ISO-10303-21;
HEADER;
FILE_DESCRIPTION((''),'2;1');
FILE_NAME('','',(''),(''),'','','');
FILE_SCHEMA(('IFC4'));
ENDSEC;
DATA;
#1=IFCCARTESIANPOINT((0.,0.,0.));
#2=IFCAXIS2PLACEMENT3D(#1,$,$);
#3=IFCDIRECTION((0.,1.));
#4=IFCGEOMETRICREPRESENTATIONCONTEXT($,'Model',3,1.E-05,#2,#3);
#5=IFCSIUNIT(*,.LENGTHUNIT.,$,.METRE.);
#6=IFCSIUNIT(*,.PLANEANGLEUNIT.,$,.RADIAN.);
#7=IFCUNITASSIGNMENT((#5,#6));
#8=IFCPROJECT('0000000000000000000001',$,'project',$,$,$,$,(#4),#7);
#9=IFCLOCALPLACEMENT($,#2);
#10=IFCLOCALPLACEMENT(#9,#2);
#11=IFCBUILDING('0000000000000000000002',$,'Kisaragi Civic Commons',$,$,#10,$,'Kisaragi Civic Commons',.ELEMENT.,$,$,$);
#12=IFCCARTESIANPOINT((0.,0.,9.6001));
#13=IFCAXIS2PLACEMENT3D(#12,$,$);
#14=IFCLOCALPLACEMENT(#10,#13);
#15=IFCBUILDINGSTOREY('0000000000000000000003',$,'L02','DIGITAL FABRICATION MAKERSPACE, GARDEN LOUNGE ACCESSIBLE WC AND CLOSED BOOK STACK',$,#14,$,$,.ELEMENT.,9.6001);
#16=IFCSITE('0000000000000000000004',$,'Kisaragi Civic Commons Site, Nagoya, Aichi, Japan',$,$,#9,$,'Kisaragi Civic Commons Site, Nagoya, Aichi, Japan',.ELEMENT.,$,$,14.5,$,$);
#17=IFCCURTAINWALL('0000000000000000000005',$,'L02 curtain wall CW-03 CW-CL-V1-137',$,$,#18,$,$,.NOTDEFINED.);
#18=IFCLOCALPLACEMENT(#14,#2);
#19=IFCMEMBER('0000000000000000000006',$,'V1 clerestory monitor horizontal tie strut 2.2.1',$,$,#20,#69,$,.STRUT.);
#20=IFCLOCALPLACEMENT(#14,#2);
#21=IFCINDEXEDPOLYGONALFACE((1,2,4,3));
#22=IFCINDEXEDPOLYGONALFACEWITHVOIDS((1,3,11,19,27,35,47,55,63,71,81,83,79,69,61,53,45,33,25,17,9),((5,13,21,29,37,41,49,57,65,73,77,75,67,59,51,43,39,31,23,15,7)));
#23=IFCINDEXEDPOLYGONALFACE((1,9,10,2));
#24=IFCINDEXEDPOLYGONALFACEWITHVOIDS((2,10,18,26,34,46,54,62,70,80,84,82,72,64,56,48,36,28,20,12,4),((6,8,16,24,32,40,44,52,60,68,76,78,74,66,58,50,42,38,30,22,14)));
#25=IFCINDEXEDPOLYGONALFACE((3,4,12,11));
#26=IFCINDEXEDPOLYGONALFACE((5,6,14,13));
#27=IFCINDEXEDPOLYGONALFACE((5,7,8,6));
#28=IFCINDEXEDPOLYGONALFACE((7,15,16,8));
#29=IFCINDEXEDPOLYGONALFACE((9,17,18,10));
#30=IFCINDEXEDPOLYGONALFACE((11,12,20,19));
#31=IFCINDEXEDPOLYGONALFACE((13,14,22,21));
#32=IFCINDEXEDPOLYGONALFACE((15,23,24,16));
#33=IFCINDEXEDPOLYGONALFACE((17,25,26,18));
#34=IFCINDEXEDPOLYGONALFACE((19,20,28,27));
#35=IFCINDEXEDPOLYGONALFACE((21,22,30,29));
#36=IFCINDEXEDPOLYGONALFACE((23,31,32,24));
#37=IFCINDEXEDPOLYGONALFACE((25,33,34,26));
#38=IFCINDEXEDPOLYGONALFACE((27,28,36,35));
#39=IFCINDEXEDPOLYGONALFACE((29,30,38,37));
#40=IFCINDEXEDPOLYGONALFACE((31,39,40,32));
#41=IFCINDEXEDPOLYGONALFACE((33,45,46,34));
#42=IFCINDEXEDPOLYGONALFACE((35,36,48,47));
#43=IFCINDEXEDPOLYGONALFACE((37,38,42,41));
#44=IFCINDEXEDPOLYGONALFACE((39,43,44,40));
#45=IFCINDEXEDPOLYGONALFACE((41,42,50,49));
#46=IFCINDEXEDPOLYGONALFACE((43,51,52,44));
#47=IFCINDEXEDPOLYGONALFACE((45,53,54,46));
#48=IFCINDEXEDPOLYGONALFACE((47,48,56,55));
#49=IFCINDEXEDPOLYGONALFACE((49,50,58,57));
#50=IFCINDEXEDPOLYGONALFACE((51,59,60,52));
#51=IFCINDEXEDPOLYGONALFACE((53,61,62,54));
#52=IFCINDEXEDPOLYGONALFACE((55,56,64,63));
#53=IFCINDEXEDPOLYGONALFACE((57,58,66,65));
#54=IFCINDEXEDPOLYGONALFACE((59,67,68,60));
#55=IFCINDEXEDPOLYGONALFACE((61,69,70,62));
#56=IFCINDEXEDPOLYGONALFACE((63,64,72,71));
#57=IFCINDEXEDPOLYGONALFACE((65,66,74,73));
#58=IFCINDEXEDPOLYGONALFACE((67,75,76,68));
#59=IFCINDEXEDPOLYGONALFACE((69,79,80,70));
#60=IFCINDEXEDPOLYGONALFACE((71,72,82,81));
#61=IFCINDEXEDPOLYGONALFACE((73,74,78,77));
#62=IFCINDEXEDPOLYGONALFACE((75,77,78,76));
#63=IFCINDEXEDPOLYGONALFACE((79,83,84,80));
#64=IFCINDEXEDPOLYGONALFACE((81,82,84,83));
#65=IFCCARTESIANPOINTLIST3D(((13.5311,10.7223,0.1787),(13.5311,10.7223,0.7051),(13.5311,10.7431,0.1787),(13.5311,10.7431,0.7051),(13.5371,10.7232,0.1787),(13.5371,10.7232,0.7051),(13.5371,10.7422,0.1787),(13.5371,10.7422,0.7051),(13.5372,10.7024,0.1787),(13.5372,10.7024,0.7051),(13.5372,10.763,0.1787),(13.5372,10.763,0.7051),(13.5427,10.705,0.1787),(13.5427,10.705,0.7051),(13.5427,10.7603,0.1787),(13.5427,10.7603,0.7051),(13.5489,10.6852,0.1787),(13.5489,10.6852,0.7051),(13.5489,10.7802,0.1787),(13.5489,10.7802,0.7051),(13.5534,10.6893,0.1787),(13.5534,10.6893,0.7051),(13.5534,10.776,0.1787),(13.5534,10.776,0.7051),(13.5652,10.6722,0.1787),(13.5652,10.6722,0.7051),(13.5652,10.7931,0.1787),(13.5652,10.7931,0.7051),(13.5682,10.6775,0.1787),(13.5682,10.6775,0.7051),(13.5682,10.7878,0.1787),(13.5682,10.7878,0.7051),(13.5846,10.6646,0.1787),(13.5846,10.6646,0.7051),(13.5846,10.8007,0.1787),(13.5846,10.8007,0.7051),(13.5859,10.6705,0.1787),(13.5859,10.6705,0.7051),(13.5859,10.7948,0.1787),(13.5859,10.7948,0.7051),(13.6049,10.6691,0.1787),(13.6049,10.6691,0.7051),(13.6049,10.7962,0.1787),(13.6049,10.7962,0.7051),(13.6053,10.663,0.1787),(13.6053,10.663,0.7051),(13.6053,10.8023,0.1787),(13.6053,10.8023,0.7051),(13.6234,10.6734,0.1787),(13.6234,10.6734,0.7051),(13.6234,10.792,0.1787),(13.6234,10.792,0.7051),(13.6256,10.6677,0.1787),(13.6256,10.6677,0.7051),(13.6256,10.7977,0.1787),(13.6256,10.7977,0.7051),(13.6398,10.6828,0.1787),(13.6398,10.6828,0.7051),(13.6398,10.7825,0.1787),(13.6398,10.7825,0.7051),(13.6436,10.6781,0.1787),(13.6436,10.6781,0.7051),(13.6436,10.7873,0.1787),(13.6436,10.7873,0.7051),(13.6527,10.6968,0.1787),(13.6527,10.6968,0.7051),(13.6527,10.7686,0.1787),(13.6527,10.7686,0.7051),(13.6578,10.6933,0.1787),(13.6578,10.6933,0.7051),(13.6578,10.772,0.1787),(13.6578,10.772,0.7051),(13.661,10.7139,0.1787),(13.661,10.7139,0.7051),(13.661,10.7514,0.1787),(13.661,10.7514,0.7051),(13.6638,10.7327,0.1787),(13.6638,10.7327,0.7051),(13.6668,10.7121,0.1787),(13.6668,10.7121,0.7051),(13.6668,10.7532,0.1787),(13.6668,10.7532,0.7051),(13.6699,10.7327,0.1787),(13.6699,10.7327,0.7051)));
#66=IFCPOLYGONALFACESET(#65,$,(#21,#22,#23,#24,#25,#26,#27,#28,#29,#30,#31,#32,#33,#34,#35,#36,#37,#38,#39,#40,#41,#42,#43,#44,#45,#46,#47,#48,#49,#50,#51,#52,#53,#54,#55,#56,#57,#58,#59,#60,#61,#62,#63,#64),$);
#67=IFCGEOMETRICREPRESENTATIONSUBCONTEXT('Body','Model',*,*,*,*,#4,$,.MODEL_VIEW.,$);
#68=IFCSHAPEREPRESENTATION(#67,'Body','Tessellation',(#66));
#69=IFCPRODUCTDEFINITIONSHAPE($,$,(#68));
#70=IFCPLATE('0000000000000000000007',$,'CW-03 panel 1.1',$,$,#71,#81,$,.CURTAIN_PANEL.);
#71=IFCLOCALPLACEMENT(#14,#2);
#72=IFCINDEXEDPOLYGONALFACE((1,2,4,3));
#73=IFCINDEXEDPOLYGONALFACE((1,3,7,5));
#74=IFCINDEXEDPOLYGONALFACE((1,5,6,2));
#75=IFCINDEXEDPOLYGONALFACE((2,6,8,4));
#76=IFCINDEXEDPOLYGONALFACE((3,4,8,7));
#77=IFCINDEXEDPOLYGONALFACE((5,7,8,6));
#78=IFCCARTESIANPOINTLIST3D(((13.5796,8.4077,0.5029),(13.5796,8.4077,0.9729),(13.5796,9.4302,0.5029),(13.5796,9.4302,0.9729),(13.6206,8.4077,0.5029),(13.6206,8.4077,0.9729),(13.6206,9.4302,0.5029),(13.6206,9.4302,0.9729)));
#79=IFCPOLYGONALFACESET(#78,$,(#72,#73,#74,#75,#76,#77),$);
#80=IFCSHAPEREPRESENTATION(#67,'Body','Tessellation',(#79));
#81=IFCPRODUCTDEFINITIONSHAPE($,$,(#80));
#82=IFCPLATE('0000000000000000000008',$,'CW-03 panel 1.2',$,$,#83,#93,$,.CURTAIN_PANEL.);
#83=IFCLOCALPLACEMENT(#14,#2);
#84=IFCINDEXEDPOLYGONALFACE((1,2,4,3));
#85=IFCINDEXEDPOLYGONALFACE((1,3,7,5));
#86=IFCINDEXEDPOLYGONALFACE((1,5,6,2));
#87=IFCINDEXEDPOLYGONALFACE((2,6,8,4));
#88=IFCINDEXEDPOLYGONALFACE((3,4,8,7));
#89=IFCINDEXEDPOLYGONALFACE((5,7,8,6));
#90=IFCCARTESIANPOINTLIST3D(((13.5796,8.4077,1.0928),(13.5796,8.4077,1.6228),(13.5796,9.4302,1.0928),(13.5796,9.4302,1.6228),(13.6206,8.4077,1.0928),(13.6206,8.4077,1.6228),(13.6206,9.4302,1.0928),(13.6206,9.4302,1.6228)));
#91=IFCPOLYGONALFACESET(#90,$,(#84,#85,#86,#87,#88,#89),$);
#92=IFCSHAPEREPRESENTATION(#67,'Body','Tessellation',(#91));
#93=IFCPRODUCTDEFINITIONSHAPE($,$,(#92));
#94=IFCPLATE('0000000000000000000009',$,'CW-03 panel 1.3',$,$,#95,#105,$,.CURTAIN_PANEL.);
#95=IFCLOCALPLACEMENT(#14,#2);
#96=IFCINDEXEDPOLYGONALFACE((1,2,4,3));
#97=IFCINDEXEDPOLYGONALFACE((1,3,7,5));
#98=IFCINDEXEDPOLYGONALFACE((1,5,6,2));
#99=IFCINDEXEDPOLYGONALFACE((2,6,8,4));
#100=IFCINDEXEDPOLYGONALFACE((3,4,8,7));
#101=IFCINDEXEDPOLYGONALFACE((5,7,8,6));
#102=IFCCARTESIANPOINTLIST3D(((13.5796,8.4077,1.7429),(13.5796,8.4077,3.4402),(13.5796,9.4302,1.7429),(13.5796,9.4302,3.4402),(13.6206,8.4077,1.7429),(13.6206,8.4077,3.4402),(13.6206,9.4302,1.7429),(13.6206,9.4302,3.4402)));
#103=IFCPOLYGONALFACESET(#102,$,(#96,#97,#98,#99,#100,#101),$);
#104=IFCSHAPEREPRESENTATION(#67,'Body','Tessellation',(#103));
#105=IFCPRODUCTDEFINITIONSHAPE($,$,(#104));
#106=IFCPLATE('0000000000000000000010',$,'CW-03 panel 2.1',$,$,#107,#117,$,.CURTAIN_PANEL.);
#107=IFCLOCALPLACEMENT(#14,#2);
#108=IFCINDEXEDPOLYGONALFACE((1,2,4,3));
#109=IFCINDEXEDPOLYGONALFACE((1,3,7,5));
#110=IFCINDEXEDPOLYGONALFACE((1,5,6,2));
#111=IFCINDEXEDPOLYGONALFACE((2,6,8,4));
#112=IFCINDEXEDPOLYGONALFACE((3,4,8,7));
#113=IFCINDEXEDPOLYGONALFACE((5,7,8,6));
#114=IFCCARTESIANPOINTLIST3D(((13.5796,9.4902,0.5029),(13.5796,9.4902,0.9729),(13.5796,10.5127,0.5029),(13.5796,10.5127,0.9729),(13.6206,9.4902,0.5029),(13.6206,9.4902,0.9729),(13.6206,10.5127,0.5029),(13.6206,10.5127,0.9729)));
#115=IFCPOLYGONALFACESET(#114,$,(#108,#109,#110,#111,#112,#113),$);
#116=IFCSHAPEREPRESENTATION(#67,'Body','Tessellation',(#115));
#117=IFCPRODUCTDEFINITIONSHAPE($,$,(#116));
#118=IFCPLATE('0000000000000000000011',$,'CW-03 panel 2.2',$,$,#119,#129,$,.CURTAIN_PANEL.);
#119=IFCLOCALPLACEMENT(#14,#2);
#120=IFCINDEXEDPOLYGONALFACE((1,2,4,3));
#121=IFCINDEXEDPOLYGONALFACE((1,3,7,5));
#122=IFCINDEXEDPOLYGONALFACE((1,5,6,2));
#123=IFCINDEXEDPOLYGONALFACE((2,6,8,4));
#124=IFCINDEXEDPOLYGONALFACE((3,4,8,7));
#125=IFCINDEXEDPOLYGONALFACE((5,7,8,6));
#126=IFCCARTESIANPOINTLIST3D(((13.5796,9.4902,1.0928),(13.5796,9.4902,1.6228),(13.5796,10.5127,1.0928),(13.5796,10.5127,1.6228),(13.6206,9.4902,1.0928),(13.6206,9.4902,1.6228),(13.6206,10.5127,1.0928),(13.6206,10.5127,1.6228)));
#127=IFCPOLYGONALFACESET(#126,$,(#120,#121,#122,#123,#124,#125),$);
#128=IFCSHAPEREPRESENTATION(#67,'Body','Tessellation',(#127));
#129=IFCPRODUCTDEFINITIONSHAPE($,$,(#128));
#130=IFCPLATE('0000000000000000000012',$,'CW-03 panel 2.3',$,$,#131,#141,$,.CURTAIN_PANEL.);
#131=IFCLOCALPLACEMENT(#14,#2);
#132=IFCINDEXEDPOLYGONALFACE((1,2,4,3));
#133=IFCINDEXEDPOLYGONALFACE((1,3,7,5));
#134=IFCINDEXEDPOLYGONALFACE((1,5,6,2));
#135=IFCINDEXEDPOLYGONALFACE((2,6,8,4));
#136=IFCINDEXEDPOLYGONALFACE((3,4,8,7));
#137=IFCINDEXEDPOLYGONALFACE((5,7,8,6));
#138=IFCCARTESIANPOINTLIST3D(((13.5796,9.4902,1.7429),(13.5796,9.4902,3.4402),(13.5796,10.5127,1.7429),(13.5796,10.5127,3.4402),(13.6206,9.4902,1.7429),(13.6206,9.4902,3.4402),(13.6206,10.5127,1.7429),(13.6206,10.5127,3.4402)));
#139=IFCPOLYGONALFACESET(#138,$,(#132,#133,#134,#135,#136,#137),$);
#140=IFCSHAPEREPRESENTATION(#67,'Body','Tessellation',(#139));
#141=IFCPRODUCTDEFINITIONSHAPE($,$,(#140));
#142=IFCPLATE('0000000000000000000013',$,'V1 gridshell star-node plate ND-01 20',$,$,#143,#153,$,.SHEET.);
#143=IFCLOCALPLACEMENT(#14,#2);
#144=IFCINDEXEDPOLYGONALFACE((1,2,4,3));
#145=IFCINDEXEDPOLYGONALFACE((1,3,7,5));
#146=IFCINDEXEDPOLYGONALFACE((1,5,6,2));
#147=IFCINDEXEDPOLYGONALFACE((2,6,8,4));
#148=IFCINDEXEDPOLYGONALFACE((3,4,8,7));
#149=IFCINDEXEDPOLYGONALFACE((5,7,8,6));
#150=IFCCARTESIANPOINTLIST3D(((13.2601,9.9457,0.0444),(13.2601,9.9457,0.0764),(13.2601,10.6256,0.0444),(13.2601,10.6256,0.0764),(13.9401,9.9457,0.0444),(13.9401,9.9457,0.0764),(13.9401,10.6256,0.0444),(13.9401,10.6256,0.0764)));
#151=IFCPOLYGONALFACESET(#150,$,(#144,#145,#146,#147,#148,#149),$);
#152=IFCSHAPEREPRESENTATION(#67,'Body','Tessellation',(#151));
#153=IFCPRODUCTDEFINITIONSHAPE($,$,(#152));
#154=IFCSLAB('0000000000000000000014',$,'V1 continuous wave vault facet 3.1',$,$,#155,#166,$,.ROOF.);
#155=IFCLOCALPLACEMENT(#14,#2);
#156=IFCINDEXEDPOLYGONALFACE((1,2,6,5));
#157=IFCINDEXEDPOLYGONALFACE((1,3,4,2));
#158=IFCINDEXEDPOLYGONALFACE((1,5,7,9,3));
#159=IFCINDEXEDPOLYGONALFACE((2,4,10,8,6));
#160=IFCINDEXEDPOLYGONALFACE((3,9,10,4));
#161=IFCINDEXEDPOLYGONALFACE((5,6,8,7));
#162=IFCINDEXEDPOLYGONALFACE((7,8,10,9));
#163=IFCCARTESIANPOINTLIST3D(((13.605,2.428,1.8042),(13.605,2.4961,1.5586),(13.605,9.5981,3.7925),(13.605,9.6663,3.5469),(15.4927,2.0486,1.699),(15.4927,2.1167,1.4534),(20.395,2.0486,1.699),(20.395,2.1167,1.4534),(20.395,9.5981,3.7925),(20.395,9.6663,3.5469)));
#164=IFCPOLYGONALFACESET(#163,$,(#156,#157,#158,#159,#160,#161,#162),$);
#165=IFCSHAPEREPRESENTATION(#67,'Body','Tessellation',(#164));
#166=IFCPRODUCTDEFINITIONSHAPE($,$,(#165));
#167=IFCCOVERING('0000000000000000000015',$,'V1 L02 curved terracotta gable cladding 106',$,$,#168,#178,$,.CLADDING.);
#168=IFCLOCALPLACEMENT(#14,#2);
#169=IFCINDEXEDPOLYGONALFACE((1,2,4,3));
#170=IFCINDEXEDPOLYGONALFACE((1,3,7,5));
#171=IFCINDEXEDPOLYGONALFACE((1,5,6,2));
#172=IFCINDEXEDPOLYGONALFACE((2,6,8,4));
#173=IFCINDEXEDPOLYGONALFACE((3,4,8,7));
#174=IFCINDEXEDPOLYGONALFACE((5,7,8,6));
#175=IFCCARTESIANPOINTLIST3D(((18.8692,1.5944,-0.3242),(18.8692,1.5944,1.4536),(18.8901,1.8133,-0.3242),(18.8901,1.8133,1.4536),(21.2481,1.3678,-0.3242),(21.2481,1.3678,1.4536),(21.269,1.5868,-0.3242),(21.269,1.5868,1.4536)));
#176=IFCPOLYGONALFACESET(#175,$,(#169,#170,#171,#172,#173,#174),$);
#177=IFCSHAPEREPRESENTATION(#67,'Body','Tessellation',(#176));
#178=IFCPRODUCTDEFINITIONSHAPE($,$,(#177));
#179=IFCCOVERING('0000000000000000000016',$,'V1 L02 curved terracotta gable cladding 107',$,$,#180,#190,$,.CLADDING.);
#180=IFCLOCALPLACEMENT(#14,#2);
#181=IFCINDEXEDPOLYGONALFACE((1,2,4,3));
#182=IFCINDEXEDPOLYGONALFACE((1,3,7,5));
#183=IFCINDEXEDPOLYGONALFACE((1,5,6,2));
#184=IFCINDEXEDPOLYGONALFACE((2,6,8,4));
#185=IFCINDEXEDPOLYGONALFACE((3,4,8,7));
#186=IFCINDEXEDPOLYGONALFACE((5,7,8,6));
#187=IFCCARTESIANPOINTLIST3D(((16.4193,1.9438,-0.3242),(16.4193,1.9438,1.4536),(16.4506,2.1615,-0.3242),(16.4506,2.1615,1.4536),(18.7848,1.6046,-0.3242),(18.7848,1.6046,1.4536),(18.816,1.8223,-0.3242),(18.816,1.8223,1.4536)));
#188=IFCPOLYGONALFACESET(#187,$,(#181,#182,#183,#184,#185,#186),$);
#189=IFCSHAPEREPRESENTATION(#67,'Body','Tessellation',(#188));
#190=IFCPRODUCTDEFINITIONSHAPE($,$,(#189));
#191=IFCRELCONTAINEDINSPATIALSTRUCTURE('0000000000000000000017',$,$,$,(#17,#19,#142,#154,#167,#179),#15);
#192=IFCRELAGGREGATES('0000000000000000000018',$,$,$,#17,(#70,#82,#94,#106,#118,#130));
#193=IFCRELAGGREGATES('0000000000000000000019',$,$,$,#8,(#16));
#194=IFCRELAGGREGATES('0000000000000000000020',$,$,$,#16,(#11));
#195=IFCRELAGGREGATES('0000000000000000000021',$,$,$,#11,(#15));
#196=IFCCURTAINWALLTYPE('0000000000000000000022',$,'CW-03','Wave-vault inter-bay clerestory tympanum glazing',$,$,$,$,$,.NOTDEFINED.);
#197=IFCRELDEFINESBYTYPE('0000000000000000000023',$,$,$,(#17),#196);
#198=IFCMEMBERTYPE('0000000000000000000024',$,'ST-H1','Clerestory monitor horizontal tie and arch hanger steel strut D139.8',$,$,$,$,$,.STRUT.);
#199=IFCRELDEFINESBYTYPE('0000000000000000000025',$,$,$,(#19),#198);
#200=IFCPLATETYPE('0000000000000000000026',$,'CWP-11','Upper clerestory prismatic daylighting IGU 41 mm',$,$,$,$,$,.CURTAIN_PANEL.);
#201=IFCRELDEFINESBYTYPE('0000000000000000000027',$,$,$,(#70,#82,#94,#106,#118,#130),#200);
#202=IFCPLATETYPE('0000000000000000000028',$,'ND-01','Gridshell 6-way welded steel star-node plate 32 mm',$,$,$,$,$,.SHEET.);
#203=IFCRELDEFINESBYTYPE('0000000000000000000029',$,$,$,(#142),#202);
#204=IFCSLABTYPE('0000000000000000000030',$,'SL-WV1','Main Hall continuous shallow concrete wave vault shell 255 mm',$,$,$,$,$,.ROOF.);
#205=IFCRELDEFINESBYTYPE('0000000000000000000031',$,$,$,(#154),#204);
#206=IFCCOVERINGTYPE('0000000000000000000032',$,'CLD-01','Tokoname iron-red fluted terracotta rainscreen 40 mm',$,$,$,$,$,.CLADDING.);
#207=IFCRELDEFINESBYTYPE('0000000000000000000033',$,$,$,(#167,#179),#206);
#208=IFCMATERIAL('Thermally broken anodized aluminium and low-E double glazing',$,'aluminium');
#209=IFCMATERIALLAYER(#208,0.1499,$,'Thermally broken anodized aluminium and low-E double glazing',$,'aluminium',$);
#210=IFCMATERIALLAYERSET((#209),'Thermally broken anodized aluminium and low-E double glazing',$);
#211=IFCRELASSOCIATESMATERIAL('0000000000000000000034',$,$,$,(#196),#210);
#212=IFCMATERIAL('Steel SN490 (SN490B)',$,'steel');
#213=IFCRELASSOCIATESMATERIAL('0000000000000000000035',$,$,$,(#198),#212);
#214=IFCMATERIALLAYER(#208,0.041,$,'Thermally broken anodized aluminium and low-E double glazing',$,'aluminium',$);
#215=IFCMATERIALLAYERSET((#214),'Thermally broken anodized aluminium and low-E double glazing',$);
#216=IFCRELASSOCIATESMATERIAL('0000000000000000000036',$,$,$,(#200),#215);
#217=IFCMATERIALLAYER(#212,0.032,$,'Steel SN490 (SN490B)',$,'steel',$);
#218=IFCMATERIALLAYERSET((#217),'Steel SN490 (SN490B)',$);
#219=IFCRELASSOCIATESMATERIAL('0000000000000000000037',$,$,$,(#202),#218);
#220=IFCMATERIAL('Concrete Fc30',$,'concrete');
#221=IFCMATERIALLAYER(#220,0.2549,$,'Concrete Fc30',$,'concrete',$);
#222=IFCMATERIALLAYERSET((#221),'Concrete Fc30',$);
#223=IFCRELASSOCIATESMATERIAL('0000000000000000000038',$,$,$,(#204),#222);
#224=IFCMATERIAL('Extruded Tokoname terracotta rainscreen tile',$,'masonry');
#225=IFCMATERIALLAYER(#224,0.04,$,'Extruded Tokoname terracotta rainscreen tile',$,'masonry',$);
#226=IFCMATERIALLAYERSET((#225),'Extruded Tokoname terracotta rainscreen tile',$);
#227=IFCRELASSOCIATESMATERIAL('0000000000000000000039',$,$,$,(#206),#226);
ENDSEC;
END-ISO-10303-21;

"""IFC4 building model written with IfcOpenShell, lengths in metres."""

from ifc_helpers import new_model, si_unit, direction, frame, origin, origin_2d, place, context, subcontext, project, spatial, polyline, rectangle, hollow_circle, outline, extrude, material, layer, layer_set, material_profile, profile_set, type_object, element, aggregate, save


model = new_model("IFC4")

# Units and contexts
model_context = context("Model", 3, precision=1e-05, world=origin(), true_north=direction((0.0, 1.0)))
body_context = subcontext(model_context, "Body", "Model", "MODEL_VIEW")
ifc_project = project(units=[si_unit("LENGTHUNIT", "METRE"), si_unit("PLANEANGLEUNIT", "RADIAN")], contexts=[model_context])

# Site, building, storey
site_placement = place(None, origin())
site = spatial("IfcSite", under=ifc_project, at=site_placement, Name="Kisaragi Civic Commons Site, Nagoya, Aichi, Japan", LongName="Kisaragi Civic Commons Site, Nagoya, Aichi, Japan", CompositionType="ELEMENT", RefElevation=14.5)
building_placement = place(site_placement, origin())
building = spatial("IfcBuilding", under=site, at=building_placement, Name="Kisaragi Civic Commons", LongName="Kisaragi Civic Commons", CompositionType="ELEMENT")
storey_placement = place(building_placement, frame((0.0, 0.0, 9.6001)))
storey = spatial("IfcBuildingStorey", under=building, at=storey_placement, Name="L02", Description="DIGITAL FABRICATION MAKERSPACE, GARDEN LOUNGE ACCESSIBLE WC AND CLOSED BOOK STACK", CompositionType="ELEMENT", Elevation=9.6001)

# Curtain wall
ifc_material_1 = material(Name="Thermally broken anodized aluminium and low-E double glazing", Category="aluminium")
ifc_layer_1 = layer(ifc_material_1, 0.1499, Name="Thermally broken anodized aluminium and low-E double glazing", Category="aluminium")
ifc_layer_set_1 = layer_set([ifc_layer_1], Name="Thermally broken anodized aluminium and low-E double glazing")
curtain_wall_type = type_object("IfcCurtainWallType", Name="CW-03", Description="Wave-vault inter-bay clerestory tympanum glazing", PredefinedType="NOTDEFINED", material=ifc_layer_set_1)
curtain_wall_1_placement = place(storey_placement, origin())
curtain_wall_1 = element("IfcCurtainWall", 1, at=curtain_wall_1_placement, inside=storey, type_object=curtain_wall_type, Name="L02 curtain wall CW-03 CW-CL-V1-137", PredefinedType="NOTDEFINED")

# Member
ifc_material_2 = material(Name="Steel SN490 (SN490B)", Category="steel")
ifc_material_profile_1 = material_profile(ifc_material_2, hollow_circle(Radius=0.0698, WallThickness=0.0061, at=origin_2d()), Name="CHS-139.8x6.0", Category="steel")
ifc_profile_set_1 = profile_set([ifc_material_profile_1], Name="Steel SN490 (SN490B)")
member_type_1 = type_object("IfcMemberType", Name="ST-H1", Description="Clerestory monitor horizontal tie and arch hanger steel strut D139.8", PredefinedType="STRUT", material=ifc_profile_set_1)
member_1_placement = place(storey_placement, frame((13.6001, 10.7327, 0.1787), z_axis=(0.0, 0.0, 1.0), x_axis=(1.0, 0.0, 0.0)))
element("IfcMember", 2, at=member_1_placement, inside=storey, type_object=member_type_1, Name="V1 clerestory monitor horizontal tie strut 2.2.1", PredefinedType="STRUT", context=body_context, shape_type="SweptSolid", body=[
    extrude(hollow_circle(Radius=0.0698, WallThickness=0.0061, at=origin_2d()), origin(), (0.0, 0.0, 1.0), 0.5264),
])

# Plates
ifc_layer_2 = layer(ifc_material_1, 0.041, Name="Thermally broken anodized aluminium and low-E double glazing", Category="aluminium")
ifc_layer_set_2 = layer_set([ifc_layer_2], Name="Thermally broken anodized aluminium and low-E double glazing")
plate_type_1 = type_object("IfcPlateType", Name="CWP-11", Description="Upper clerestory prismatic daylighting IGU 41 mm", PredefinedType="CURTAIN_PANEL", material=ifc_layer_set_2)
plate_1_placement = place(storey_placement, frame((13.6001, 8.9189, 0.5029), z_axis=(0.0, 0.0, 1.0), x_axis=(0.0, 1.0, 0.0)))
plate_1 = element("IfcPlate", 3, at=plate_1_placement, type_object=plate_type_1, Name="CW-03 panel 1.1", PredefinedType="CURTAIN_PANEL", context=body_context, shape_type="SweptSolid", body=[
    extrude(rectangle(XDim=1.0225, YDim=0.041, at=origin_2d()), origin(), (0.0, 0.0, 1.0), 0.47),
])
plate_2_placement = place(storey_placement, frame((13.6001, 8.9189, 1.0928), z_axis=(0.0, 0.0, 1.0), x_axis=(0.0, 1.0, 0.0)))
plate_2 = element("IfcPlate", 4, at=plate_2_placement, type_object=plate_type_1, Name="CW-03 panel 1.2", PredefinedType="CURTAIN_PANEL", context=body_context, shape_type="SweptSolid", body=[
    extrude(rectangle(XDim=1.0225, YDim=0.041, at=origin_2d()), origin(), (0.0, 0.0, 1.0), 0.53),
])
plate_3_placement = place(storey_placement, frame((13.6001, 8.9189, 1.7429), z_axis=(0.0, 0.0, 1.0), x_axis=(0.0, 1.0, 0.0)))
plate_3 = element("IfcPlate", 5, at=plate_3_placement, type_object=plate_type_1, Name="CW-03 panel 1.3", PredefinedType="CURTAIN_PANEL", context=body_context, shape_type="SweptSolid", body=[
    extrude(rectangle(XDim=1.0225, YDim=0.041, at=origin_2d()), origin(), (0.0, 0.0, 1.0), 1.6973),
])
plate_4_placement = place(storey_placement, frame((13.6001, 10.0015, 0.5029), z_axis=(0.0, 0.0, 1.0), x_axis=(0.0, 1.0, 0.0)))
plate_4 = element("IfcPlate", 6, at=plate_4_placement, type_object=plate_type_1, Name="CW-03 panel 2.1", PredefinedType="CURTAIN_PANEL", context=body_context, shape_type="SweptSolid", body=[
    extrude(rectangle(XDim=1.0225, YDim=0.041, at=origin_2d()), origin(), (0.0, 0.0, 1.0), 0.47),
])
plate_5_placement = place(storey_placement, frame((13.6001, 10.0015, 1.0928), z_axis=(0.0, 0.0, 1.0), x_axis=(0.0, 1.0, 0.0)))
plate_5 = element("IfcPlate", 7, at=plate_5_placement, type_object=plate_type_1, Name="CW-03 panel 2.2", PredefinedType="CURTAIN_PANEL", context=body_context, shape_type="SweptSolid", body=[
    extrude(rectangle(XDim=1.0225, YDim=0.041, at=origin_2d()), origin(), (0.0, 0.0, 1.0), 0.53),
])
plate_6_placement = place(storey_placement, frame((13.6001, 10.0015, 1.7429), z_axis=(0.0, 0.0, 1.0), x_axis=(0.0, 1.0, 0.0)))
plate_6 = element("IfcPlate", 8, at=plate_6_placement, type_object=plate_type_1, Name="CW-03 panel 2.3", PredefinedType="CURTAIN_PANEL", context=body_context, shape_type="SweptSolid", body=[
    extrude(rectangle(XDim=1.0225, YDim=0.041, at=origin_2d()), origin(), (0.0, 0.0, 1.0), 1.6973),
])
aggregate(curtain_wall_1, [plate_1, plate_2, plate_3, plate_4, plate_5, plate_6])
ifc_layer_3 = layer(ifc_material_2, 0.032, Name="Steel SN490 (SN490B)", Category="steel")
ifc_layer_set_3 = layer_set([ifc_layer_3], Name="Steel SN490 (SN490B)")
plate_type_2 = type_object("IfcPlateType", Name="ND-01", Description="Gridshell 6-way welded steel star-node plate 32 mm", PredefinedType="SHEET", material=ifc_layer_set_3)
plate_7_placement = place(storey_placement, frame((13.6001, 10.2856, 0.0444), z_axis=(0.0, 0.0, 1.0), x_axis=(1.0, 0.0, 0.0)))
element("IfcPlate", 9, at=plate_7_placement, inside=storey, type_object=plate_type_2, Name="V1 gridshell star-node plate ND-01 20", PredefinedType="SHEET", context=body_context, shape_type="SweptSolid", body=[
    extrude(rectangle(XDim=0.6799, YDim=0.6799, at=origin_2d()), origin(), (0.0, 0.0, 1.0), 0.032),
])

# Slab
ifc_material_3 = material(Name="Concrete Fc30", Category="concrete")
ifc_layer_4 = layer(ifc_material_3, 0.2549, Name="Concrete Fc30", Category="concrete")
ifc_layer_set_4 = layer_set([ifc_layer_4], Name="Concrete Fc30")
slab_type = type_object("IfcSlabType", Name="SL-WV1", Description="Main Hall continuous shallow concrete wave vault shell 255 mm", PredefinedType="ROOF", material=ifc_layer_set_4)
slab_placement = place(storey_placement, frame((20.395, 9.5981, 3.7925), z_axis=(0.000001, -0.267218, 0.963636), x_axis=(-1.0, 0.0, 0.000001)))
element("IfcSlab", 10, at=slab_placement, inside=storey, type_object=slab_type, Name="V1 continuous wave vault facet 3.1", PredefinedType="ROOF", context=body_context, shape_type="SweptSolid", body=[
    extrude(outline(polyline([(0.0, 0.0), (6.79, 0.0), (6.79, 7.4407), (4.9023, 7.8345), (0.0, 7.8345), (0.0, 0.0)])), origin(), (0.0, 0.0, -1.0), 0.2549),
])

# Coverings
ifc_material_4 = material(Name="Extruded Tokoname terracotta rainscreen tile", Category="masonry")
ifc_layer_5 = layer(ifc_material_4, 0.04, Name="Extruded Tokoname terracotta rainscreen tile", Category="masonry")
ifc_layer_set_5 = layer_set([ifc_layer_5], Name="Extruded Tokoname terracotta rainscreen tile")
covering_type = type_object("IfcCoveringType", Name="CLD-01", Description="Tokoname iron-red fluted terracotta rainscreen 40 mm", PredefinedType="CLADDING", material=ifc_layer_set_5)
for number, where, z_axis, x_axis, name in (
    (11, (20.0691, 1.5906, -0.3242), (0.0, 0.0, 1.0), (-0.995496, 0.094803, 0.0), "V1 L02 curved terracotta gable cladding 106"),
    (12, (17.6177, 1.8831, -0.3242), (0.0, 0.0, 1.0), (-0.989876, 0.141938, 0.0), "V1 L02 curved terracotta gable cladding 107"),
):
    element("IfcCovering", number, at=place(storey_placement, frame(where, z_axis=z_axis, x_axis=x_axis)), inside=storey, type_object=covering_type, Name=name, PredefinedType="CLADDING", context=body_context, shape_type="SweptSolid", body=[
        extrude(rectangle(XDim=2.3896, YDim=0.22, at=origin_2d()), origin(), (0.0, 0.0, 1.0), 1.7778),
    ])

save(model, "model.ifc")
